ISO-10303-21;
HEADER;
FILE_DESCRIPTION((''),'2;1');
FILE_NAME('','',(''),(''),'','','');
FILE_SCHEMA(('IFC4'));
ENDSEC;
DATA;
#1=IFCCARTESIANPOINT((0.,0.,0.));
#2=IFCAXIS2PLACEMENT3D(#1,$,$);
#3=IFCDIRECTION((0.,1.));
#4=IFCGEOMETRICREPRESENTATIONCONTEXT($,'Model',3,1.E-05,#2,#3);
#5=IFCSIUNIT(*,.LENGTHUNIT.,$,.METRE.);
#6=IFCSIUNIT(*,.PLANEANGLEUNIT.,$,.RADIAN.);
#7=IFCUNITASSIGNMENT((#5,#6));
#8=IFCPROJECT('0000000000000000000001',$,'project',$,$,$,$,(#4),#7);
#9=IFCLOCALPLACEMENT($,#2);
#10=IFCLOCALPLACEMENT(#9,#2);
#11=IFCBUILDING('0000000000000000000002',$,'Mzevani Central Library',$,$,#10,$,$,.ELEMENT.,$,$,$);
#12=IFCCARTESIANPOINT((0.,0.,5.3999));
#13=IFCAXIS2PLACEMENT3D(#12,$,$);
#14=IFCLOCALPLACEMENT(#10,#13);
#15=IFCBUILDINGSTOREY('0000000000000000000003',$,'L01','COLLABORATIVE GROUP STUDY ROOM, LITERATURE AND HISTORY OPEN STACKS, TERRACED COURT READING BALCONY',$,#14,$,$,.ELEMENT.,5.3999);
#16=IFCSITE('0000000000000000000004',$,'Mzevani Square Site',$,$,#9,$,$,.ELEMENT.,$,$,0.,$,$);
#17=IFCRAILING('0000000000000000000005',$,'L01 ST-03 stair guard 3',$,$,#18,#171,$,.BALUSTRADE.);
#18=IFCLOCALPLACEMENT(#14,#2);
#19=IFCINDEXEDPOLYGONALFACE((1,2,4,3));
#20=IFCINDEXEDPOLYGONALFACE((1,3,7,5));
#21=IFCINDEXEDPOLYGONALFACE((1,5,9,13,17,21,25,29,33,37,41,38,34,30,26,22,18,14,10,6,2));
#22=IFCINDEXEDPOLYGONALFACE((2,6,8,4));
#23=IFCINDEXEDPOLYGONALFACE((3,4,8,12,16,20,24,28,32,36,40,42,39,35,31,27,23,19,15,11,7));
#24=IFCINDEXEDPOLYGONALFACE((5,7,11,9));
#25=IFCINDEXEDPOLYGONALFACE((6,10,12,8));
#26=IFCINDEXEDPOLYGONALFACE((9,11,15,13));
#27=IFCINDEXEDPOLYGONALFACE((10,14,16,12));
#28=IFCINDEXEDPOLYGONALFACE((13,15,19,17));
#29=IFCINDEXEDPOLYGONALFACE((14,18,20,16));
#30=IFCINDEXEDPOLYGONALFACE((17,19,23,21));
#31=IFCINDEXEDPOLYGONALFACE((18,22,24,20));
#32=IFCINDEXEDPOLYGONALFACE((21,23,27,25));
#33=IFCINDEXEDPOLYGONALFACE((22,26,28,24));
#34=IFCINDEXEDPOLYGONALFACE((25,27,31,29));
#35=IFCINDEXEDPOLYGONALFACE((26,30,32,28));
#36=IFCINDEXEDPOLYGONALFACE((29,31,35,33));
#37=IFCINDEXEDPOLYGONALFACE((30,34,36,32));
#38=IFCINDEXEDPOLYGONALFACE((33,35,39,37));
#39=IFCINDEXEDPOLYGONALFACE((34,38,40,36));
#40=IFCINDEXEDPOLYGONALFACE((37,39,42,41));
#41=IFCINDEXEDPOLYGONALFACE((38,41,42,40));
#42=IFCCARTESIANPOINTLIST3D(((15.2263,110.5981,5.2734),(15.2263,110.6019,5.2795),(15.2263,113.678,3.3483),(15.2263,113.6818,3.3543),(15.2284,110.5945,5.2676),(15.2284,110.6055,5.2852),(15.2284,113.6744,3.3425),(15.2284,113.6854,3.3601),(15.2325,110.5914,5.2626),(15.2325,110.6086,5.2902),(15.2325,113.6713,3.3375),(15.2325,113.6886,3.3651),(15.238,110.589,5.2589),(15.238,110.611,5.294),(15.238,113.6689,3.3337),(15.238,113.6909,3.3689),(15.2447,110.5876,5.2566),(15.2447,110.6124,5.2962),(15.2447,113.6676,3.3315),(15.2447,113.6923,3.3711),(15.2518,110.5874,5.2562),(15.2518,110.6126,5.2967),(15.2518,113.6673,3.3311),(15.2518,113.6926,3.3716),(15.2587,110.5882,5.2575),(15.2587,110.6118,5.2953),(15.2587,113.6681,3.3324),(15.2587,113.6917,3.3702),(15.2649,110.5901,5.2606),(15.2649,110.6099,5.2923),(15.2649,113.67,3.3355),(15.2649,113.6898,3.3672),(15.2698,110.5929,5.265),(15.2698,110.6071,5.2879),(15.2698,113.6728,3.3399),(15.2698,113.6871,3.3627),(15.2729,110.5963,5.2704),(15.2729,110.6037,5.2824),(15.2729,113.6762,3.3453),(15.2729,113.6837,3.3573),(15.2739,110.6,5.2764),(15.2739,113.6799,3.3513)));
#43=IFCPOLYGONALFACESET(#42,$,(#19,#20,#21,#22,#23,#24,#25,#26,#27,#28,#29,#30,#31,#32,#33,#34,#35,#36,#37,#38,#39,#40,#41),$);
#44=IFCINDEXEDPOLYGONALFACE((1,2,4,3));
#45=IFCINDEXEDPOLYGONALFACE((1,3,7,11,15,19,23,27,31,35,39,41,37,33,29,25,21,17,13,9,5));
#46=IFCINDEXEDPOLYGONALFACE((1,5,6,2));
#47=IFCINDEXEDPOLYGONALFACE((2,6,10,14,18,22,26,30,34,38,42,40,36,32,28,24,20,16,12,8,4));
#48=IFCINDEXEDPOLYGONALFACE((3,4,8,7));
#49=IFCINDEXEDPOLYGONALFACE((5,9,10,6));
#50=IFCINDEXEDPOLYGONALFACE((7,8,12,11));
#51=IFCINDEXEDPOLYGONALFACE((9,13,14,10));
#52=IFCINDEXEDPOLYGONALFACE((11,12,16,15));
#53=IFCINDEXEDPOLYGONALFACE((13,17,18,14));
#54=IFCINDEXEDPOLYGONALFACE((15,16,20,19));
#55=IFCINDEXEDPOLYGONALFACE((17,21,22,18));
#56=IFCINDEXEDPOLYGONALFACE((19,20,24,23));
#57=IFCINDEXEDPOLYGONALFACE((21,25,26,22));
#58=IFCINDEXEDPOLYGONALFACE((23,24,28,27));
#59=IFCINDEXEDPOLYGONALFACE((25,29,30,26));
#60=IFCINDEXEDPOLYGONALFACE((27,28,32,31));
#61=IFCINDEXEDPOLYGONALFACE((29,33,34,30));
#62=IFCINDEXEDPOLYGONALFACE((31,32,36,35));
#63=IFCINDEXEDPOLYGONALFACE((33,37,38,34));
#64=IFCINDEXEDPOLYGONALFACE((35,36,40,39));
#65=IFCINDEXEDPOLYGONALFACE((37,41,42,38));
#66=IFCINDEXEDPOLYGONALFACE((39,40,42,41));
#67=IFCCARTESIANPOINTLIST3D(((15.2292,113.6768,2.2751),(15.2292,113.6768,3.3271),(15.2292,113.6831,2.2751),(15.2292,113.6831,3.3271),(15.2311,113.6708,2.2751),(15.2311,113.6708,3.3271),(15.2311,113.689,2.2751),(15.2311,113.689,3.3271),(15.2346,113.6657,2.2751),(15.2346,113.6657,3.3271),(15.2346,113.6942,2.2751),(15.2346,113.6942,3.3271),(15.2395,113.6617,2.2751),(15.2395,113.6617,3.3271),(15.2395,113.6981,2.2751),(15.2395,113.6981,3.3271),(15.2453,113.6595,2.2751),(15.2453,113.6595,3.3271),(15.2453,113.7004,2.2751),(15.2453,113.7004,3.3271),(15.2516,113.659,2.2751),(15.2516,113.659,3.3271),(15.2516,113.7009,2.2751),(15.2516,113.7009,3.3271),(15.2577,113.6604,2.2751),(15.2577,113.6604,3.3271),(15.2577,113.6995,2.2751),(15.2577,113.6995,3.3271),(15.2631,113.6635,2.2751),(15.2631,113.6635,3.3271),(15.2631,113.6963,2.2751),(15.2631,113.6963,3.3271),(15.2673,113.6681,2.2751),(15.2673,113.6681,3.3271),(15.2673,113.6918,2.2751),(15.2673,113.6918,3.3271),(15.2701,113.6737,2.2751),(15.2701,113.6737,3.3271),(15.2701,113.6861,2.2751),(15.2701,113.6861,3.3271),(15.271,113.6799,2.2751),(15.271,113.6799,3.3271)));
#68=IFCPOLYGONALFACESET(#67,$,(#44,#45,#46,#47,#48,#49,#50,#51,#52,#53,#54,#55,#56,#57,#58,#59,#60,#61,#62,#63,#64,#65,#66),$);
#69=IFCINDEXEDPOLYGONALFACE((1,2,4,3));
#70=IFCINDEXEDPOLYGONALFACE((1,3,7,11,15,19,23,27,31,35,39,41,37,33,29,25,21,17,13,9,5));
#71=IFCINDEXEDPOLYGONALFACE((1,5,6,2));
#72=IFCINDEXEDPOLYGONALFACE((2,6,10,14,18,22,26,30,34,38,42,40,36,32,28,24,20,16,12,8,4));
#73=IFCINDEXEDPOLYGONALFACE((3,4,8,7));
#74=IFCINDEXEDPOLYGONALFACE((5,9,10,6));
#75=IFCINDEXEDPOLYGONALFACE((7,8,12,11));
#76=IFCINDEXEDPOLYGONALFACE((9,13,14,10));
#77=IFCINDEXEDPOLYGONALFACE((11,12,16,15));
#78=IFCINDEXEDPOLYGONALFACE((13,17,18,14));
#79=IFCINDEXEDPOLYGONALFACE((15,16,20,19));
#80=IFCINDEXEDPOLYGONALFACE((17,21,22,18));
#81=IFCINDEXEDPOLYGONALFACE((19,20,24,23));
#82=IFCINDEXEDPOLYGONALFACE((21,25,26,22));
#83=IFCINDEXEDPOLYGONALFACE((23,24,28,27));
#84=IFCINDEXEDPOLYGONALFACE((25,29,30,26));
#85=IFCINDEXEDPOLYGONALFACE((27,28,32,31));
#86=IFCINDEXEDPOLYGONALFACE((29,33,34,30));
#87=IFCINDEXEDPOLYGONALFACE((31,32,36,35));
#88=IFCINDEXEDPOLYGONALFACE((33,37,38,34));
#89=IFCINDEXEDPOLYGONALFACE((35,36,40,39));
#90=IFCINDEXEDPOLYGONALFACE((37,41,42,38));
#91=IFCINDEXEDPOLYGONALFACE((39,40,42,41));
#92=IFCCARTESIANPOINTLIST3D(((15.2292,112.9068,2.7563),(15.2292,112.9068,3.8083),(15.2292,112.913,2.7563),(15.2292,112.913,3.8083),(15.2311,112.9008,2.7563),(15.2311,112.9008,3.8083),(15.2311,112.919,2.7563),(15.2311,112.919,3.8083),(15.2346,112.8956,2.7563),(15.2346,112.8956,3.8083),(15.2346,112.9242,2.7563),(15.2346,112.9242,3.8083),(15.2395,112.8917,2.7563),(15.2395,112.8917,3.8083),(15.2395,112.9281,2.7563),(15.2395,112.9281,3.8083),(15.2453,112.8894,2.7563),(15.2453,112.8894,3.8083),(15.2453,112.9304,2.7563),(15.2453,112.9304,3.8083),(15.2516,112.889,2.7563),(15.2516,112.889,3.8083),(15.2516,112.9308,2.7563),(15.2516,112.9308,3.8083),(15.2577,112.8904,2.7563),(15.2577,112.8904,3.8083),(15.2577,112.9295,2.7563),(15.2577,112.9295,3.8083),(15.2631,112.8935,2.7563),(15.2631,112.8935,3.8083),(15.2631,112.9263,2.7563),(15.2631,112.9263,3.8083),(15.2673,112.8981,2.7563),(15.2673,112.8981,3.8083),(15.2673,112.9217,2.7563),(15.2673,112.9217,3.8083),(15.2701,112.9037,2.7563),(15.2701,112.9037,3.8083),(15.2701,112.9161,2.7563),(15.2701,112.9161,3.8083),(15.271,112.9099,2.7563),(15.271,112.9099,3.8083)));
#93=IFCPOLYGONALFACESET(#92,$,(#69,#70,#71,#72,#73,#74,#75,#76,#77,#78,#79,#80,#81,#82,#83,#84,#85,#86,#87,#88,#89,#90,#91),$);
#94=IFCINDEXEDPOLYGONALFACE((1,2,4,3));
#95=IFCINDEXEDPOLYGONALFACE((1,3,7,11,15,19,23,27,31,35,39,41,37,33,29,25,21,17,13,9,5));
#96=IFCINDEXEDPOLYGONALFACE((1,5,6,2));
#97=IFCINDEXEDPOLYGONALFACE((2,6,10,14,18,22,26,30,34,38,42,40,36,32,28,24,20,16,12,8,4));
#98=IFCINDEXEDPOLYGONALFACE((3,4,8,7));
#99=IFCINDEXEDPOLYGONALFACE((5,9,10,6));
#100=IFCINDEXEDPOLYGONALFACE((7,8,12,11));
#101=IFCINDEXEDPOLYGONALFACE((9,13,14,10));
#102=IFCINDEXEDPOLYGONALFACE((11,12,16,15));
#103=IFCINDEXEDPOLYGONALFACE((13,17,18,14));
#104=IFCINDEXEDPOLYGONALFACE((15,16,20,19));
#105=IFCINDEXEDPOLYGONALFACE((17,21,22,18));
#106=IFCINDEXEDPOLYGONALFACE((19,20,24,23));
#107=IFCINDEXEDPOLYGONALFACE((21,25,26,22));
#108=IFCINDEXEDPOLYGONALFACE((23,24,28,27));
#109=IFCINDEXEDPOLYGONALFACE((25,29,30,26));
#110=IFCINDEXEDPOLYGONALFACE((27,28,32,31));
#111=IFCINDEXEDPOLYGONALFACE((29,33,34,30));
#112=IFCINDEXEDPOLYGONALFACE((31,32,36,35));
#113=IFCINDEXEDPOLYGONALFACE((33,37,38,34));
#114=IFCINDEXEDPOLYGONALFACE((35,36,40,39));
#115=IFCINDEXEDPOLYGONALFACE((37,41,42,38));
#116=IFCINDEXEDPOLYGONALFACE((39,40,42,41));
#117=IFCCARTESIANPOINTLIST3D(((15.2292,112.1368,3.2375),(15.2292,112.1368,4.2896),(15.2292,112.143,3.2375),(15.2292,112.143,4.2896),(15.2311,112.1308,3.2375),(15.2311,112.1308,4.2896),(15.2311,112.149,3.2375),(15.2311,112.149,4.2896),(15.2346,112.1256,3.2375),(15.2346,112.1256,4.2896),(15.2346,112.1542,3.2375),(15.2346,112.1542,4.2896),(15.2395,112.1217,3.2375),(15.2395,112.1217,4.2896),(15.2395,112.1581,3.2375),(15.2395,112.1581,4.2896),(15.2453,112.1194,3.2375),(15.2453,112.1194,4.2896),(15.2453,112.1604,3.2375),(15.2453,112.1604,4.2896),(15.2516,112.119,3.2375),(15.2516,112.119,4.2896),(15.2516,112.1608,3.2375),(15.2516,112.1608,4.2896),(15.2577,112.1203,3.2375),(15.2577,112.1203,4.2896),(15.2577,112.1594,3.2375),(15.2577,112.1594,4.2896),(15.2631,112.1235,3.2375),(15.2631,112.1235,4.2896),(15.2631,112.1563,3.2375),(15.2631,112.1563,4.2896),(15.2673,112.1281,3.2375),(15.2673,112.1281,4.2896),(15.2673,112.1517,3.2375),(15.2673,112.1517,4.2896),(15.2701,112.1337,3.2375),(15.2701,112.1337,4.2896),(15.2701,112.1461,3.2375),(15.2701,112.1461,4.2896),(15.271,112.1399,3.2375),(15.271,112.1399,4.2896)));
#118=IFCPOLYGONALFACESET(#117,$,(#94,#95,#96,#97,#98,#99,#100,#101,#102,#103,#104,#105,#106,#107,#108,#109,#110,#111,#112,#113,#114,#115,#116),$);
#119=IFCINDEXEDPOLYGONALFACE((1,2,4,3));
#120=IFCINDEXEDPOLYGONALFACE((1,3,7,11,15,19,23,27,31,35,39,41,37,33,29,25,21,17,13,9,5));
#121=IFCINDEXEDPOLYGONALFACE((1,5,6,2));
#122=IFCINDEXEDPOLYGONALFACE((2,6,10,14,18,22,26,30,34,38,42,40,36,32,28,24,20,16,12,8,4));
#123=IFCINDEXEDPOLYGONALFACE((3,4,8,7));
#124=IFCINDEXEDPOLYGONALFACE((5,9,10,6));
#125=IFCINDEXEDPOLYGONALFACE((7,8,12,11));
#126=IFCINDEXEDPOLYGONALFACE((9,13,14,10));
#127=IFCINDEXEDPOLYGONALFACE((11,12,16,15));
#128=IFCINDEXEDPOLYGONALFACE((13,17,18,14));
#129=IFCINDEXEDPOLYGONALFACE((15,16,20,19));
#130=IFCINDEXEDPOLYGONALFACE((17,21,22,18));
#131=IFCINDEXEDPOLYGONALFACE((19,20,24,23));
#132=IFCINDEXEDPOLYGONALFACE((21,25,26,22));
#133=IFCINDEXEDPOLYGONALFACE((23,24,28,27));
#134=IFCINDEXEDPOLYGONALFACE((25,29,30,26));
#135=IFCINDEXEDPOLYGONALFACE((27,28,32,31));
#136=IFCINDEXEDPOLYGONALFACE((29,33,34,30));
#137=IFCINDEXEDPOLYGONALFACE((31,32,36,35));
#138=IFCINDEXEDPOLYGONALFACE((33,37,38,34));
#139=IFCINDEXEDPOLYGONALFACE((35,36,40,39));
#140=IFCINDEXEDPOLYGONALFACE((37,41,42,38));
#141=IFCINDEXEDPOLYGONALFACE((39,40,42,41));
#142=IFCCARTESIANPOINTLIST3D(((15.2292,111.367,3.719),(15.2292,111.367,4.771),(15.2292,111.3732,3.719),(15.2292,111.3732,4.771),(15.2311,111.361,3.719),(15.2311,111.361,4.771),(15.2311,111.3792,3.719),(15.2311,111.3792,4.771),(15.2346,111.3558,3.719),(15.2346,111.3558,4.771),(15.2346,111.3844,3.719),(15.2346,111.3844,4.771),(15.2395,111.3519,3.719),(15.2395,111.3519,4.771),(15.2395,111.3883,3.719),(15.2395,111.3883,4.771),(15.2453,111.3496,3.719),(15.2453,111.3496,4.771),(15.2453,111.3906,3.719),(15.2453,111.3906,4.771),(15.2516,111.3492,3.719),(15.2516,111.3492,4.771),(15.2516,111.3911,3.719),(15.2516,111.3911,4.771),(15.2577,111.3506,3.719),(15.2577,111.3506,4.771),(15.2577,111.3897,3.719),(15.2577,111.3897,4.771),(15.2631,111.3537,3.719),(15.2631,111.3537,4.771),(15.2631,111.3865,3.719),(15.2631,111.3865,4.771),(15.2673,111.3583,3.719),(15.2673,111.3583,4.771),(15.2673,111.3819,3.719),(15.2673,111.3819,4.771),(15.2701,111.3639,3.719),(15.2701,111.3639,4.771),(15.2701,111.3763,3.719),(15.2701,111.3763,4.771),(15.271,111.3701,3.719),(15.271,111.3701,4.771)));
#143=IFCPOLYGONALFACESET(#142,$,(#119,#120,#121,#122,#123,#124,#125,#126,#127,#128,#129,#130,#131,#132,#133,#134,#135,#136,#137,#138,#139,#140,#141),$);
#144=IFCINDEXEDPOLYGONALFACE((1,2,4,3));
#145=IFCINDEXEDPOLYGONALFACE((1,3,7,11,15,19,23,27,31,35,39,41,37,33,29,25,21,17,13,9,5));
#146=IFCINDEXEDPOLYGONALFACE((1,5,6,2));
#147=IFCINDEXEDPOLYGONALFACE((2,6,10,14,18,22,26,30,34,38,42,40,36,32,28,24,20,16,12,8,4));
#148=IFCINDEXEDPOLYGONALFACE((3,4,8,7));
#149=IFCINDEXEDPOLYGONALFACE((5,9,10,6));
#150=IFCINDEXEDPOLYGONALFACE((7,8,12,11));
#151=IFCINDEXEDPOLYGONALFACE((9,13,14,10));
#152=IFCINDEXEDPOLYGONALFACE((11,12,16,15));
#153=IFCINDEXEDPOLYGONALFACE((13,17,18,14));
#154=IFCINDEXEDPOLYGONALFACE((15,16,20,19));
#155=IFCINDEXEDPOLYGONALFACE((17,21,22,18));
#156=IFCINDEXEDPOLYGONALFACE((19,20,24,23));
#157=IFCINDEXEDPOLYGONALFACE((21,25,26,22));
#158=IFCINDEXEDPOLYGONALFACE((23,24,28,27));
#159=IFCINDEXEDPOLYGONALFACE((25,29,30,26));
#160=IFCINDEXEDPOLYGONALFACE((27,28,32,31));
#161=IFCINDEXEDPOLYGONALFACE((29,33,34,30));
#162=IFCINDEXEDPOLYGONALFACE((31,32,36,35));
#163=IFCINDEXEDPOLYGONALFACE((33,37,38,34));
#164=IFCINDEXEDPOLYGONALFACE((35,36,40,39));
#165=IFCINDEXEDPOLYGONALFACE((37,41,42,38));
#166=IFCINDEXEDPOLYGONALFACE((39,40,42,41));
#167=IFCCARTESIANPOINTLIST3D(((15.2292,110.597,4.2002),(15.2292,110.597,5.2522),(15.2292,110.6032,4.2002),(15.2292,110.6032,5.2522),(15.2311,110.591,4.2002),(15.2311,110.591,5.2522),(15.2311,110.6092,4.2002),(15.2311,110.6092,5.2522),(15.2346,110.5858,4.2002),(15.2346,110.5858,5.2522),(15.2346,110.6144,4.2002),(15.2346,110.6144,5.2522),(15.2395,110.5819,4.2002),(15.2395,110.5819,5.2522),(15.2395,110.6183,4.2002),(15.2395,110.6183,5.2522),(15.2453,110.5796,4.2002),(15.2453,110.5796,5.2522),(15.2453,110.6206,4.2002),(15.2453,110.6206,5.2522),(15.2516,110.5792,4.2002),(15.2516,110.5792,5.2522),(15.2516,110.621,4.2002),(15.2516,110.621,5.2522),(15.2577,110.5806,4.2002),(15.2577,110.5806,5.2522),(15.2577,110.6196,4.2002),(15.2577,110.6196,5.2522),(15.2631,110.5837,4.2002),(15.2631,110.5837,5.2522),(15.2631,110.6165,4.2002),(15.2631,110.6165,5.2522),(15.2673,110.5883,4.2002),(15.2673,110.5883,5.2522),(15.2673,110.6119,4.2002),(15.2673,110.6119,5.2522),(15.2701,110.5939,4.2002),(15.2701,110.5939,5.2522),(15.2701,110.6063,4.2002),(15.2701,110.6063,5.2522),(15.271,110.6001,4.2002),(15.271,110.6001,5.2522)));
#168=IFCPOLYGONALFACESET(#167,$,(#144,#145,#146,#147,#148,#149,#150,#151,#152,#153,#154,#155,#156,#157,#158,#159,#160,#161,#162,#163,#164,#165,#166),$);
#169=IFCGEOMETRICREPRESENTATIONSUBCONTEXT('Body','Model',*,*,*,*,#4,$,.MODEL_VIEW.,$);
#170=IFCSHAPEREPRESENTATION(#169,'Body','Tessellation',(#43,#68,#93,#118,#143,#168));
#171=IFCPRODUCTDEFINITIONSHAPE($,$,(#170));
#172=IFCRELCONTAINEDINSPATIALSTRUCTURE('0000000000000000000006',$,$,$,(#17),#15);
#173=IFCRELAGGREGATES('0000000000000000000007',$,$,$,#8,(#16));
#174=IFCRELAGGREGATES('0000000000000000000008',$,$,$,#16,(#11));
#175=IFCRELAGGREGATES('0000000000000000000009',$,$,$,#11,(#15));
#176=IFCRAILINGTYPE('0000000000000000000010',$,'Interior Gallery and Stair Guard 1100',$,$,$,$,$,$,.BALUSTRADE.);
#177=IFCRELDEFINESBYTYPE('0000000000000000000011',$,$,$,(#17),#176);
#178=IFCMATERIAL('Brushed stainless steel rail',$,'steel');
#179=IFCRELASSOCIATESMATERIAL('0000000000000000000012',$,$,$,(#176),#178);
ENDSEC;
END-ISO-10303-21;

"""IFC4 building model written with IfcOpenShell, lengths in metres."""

from ifc_helpers import new_model, si_unit, direction, frame, origin, origin_2d, place, context, subcontext, project, spatial, circle, extrude, material, type_object, element, save


model = new_model("IFC4")

# Units and contexts
model_context = context("Model", 3, precision=1e-05, world=origin(), true_north=direction((0.0, 1.0)))
body_context = subcontext(model_context, "Body", "Model", "MODEL_VIEW")
ifc_project = project(units=[si_unit("LENGTHUNIT", "METRE"), si_unit("PLANEANGLEUNIT", "RADIAN")], contexts=[model_context])

# Site, building, storey
site_placement = place(None, origin())
site = spatial("IfcSite", under=ifc_project, at=site_placement, Name="Mzevani Square Site", CompositionType="ELEMENT", RefElevation=0.0)
building_placement = place(site_placement, origin())
building = spatial("IfcBuilding", under=site, at=building_placement, Name="Mzevani Central Library", CompositionType="ELEMENT")
storey_placement = place(building_placement, frame((0.0, 0.0, 5.3999)))
storey = spatial("IfcBuildingStorey", under=building, at=storey_placement, Name="L01", Description="COLLABORATIVE GROUP STUDY ROOM, LITERATURE AND HISTORY OPEN STACKS, TERRACED COURT READING BALCONY", CompositionType="ELEMENT", Elevation=5.3999)

# Railing
ifc_material_1 = material(Name="Brushed stainless steel rail", Category="steel")
railing_type_1 = type_object("IfcRailingType", Name="Interior Gallery and Stair Guard 1100", PredefinedType="BALUSTRADE", material=ifc_material_1)
railing_1_placement = place(storey_placement, frame((15.25, 113.6799, 2.2751)))
element("IfcRailing", 1, at=railing_1_placement, inside=storey, type_object=railing_type_1, Name="L01 ST-03 stair guard 3", PredefinedType="BALUSTRADE", context=body_context, shape_type="SweptSolid", body=[
    extrude(circle(Radius=0.0239, at=origin_2d()), frame((0.0, 0.0, 1.0762), z_axis=(0.0, -0.847979, 0.530029), x_axis=(1.0, 0.0, 0.0)), (0.0, 0.0, 1.0), 3.6321),
    extrude(circle(Radius=0.021, at=origin_2d()), origin(), (0.0, 0.0, 1.0), 1.052),
    extrude(circle(Radius=0.021, at=origin_2d()), frame((0.0, -0.77, 0.4812)), (0.0, 0.0, 1.0), 1.052),
    extrude(circle(Radius=0.021, at=origin_2d()), frame((0.0, -1.54, 0.9624)), (0.0, 0.0, 1.0), 1.052),
    extrude(circle(Radius=0.021, at=origin_2d()), frame((0.0, -2.3098, 1.4438)), (0.0, 0.0, 1.0), 1.052),
    extrude(circle(Radius=0.021, at=origin_2d()), frame((0.0, -3.0798, 1.925)), (0.0, 0.0, 1.0), 1.052),
])

save(model, "model.ifc")
